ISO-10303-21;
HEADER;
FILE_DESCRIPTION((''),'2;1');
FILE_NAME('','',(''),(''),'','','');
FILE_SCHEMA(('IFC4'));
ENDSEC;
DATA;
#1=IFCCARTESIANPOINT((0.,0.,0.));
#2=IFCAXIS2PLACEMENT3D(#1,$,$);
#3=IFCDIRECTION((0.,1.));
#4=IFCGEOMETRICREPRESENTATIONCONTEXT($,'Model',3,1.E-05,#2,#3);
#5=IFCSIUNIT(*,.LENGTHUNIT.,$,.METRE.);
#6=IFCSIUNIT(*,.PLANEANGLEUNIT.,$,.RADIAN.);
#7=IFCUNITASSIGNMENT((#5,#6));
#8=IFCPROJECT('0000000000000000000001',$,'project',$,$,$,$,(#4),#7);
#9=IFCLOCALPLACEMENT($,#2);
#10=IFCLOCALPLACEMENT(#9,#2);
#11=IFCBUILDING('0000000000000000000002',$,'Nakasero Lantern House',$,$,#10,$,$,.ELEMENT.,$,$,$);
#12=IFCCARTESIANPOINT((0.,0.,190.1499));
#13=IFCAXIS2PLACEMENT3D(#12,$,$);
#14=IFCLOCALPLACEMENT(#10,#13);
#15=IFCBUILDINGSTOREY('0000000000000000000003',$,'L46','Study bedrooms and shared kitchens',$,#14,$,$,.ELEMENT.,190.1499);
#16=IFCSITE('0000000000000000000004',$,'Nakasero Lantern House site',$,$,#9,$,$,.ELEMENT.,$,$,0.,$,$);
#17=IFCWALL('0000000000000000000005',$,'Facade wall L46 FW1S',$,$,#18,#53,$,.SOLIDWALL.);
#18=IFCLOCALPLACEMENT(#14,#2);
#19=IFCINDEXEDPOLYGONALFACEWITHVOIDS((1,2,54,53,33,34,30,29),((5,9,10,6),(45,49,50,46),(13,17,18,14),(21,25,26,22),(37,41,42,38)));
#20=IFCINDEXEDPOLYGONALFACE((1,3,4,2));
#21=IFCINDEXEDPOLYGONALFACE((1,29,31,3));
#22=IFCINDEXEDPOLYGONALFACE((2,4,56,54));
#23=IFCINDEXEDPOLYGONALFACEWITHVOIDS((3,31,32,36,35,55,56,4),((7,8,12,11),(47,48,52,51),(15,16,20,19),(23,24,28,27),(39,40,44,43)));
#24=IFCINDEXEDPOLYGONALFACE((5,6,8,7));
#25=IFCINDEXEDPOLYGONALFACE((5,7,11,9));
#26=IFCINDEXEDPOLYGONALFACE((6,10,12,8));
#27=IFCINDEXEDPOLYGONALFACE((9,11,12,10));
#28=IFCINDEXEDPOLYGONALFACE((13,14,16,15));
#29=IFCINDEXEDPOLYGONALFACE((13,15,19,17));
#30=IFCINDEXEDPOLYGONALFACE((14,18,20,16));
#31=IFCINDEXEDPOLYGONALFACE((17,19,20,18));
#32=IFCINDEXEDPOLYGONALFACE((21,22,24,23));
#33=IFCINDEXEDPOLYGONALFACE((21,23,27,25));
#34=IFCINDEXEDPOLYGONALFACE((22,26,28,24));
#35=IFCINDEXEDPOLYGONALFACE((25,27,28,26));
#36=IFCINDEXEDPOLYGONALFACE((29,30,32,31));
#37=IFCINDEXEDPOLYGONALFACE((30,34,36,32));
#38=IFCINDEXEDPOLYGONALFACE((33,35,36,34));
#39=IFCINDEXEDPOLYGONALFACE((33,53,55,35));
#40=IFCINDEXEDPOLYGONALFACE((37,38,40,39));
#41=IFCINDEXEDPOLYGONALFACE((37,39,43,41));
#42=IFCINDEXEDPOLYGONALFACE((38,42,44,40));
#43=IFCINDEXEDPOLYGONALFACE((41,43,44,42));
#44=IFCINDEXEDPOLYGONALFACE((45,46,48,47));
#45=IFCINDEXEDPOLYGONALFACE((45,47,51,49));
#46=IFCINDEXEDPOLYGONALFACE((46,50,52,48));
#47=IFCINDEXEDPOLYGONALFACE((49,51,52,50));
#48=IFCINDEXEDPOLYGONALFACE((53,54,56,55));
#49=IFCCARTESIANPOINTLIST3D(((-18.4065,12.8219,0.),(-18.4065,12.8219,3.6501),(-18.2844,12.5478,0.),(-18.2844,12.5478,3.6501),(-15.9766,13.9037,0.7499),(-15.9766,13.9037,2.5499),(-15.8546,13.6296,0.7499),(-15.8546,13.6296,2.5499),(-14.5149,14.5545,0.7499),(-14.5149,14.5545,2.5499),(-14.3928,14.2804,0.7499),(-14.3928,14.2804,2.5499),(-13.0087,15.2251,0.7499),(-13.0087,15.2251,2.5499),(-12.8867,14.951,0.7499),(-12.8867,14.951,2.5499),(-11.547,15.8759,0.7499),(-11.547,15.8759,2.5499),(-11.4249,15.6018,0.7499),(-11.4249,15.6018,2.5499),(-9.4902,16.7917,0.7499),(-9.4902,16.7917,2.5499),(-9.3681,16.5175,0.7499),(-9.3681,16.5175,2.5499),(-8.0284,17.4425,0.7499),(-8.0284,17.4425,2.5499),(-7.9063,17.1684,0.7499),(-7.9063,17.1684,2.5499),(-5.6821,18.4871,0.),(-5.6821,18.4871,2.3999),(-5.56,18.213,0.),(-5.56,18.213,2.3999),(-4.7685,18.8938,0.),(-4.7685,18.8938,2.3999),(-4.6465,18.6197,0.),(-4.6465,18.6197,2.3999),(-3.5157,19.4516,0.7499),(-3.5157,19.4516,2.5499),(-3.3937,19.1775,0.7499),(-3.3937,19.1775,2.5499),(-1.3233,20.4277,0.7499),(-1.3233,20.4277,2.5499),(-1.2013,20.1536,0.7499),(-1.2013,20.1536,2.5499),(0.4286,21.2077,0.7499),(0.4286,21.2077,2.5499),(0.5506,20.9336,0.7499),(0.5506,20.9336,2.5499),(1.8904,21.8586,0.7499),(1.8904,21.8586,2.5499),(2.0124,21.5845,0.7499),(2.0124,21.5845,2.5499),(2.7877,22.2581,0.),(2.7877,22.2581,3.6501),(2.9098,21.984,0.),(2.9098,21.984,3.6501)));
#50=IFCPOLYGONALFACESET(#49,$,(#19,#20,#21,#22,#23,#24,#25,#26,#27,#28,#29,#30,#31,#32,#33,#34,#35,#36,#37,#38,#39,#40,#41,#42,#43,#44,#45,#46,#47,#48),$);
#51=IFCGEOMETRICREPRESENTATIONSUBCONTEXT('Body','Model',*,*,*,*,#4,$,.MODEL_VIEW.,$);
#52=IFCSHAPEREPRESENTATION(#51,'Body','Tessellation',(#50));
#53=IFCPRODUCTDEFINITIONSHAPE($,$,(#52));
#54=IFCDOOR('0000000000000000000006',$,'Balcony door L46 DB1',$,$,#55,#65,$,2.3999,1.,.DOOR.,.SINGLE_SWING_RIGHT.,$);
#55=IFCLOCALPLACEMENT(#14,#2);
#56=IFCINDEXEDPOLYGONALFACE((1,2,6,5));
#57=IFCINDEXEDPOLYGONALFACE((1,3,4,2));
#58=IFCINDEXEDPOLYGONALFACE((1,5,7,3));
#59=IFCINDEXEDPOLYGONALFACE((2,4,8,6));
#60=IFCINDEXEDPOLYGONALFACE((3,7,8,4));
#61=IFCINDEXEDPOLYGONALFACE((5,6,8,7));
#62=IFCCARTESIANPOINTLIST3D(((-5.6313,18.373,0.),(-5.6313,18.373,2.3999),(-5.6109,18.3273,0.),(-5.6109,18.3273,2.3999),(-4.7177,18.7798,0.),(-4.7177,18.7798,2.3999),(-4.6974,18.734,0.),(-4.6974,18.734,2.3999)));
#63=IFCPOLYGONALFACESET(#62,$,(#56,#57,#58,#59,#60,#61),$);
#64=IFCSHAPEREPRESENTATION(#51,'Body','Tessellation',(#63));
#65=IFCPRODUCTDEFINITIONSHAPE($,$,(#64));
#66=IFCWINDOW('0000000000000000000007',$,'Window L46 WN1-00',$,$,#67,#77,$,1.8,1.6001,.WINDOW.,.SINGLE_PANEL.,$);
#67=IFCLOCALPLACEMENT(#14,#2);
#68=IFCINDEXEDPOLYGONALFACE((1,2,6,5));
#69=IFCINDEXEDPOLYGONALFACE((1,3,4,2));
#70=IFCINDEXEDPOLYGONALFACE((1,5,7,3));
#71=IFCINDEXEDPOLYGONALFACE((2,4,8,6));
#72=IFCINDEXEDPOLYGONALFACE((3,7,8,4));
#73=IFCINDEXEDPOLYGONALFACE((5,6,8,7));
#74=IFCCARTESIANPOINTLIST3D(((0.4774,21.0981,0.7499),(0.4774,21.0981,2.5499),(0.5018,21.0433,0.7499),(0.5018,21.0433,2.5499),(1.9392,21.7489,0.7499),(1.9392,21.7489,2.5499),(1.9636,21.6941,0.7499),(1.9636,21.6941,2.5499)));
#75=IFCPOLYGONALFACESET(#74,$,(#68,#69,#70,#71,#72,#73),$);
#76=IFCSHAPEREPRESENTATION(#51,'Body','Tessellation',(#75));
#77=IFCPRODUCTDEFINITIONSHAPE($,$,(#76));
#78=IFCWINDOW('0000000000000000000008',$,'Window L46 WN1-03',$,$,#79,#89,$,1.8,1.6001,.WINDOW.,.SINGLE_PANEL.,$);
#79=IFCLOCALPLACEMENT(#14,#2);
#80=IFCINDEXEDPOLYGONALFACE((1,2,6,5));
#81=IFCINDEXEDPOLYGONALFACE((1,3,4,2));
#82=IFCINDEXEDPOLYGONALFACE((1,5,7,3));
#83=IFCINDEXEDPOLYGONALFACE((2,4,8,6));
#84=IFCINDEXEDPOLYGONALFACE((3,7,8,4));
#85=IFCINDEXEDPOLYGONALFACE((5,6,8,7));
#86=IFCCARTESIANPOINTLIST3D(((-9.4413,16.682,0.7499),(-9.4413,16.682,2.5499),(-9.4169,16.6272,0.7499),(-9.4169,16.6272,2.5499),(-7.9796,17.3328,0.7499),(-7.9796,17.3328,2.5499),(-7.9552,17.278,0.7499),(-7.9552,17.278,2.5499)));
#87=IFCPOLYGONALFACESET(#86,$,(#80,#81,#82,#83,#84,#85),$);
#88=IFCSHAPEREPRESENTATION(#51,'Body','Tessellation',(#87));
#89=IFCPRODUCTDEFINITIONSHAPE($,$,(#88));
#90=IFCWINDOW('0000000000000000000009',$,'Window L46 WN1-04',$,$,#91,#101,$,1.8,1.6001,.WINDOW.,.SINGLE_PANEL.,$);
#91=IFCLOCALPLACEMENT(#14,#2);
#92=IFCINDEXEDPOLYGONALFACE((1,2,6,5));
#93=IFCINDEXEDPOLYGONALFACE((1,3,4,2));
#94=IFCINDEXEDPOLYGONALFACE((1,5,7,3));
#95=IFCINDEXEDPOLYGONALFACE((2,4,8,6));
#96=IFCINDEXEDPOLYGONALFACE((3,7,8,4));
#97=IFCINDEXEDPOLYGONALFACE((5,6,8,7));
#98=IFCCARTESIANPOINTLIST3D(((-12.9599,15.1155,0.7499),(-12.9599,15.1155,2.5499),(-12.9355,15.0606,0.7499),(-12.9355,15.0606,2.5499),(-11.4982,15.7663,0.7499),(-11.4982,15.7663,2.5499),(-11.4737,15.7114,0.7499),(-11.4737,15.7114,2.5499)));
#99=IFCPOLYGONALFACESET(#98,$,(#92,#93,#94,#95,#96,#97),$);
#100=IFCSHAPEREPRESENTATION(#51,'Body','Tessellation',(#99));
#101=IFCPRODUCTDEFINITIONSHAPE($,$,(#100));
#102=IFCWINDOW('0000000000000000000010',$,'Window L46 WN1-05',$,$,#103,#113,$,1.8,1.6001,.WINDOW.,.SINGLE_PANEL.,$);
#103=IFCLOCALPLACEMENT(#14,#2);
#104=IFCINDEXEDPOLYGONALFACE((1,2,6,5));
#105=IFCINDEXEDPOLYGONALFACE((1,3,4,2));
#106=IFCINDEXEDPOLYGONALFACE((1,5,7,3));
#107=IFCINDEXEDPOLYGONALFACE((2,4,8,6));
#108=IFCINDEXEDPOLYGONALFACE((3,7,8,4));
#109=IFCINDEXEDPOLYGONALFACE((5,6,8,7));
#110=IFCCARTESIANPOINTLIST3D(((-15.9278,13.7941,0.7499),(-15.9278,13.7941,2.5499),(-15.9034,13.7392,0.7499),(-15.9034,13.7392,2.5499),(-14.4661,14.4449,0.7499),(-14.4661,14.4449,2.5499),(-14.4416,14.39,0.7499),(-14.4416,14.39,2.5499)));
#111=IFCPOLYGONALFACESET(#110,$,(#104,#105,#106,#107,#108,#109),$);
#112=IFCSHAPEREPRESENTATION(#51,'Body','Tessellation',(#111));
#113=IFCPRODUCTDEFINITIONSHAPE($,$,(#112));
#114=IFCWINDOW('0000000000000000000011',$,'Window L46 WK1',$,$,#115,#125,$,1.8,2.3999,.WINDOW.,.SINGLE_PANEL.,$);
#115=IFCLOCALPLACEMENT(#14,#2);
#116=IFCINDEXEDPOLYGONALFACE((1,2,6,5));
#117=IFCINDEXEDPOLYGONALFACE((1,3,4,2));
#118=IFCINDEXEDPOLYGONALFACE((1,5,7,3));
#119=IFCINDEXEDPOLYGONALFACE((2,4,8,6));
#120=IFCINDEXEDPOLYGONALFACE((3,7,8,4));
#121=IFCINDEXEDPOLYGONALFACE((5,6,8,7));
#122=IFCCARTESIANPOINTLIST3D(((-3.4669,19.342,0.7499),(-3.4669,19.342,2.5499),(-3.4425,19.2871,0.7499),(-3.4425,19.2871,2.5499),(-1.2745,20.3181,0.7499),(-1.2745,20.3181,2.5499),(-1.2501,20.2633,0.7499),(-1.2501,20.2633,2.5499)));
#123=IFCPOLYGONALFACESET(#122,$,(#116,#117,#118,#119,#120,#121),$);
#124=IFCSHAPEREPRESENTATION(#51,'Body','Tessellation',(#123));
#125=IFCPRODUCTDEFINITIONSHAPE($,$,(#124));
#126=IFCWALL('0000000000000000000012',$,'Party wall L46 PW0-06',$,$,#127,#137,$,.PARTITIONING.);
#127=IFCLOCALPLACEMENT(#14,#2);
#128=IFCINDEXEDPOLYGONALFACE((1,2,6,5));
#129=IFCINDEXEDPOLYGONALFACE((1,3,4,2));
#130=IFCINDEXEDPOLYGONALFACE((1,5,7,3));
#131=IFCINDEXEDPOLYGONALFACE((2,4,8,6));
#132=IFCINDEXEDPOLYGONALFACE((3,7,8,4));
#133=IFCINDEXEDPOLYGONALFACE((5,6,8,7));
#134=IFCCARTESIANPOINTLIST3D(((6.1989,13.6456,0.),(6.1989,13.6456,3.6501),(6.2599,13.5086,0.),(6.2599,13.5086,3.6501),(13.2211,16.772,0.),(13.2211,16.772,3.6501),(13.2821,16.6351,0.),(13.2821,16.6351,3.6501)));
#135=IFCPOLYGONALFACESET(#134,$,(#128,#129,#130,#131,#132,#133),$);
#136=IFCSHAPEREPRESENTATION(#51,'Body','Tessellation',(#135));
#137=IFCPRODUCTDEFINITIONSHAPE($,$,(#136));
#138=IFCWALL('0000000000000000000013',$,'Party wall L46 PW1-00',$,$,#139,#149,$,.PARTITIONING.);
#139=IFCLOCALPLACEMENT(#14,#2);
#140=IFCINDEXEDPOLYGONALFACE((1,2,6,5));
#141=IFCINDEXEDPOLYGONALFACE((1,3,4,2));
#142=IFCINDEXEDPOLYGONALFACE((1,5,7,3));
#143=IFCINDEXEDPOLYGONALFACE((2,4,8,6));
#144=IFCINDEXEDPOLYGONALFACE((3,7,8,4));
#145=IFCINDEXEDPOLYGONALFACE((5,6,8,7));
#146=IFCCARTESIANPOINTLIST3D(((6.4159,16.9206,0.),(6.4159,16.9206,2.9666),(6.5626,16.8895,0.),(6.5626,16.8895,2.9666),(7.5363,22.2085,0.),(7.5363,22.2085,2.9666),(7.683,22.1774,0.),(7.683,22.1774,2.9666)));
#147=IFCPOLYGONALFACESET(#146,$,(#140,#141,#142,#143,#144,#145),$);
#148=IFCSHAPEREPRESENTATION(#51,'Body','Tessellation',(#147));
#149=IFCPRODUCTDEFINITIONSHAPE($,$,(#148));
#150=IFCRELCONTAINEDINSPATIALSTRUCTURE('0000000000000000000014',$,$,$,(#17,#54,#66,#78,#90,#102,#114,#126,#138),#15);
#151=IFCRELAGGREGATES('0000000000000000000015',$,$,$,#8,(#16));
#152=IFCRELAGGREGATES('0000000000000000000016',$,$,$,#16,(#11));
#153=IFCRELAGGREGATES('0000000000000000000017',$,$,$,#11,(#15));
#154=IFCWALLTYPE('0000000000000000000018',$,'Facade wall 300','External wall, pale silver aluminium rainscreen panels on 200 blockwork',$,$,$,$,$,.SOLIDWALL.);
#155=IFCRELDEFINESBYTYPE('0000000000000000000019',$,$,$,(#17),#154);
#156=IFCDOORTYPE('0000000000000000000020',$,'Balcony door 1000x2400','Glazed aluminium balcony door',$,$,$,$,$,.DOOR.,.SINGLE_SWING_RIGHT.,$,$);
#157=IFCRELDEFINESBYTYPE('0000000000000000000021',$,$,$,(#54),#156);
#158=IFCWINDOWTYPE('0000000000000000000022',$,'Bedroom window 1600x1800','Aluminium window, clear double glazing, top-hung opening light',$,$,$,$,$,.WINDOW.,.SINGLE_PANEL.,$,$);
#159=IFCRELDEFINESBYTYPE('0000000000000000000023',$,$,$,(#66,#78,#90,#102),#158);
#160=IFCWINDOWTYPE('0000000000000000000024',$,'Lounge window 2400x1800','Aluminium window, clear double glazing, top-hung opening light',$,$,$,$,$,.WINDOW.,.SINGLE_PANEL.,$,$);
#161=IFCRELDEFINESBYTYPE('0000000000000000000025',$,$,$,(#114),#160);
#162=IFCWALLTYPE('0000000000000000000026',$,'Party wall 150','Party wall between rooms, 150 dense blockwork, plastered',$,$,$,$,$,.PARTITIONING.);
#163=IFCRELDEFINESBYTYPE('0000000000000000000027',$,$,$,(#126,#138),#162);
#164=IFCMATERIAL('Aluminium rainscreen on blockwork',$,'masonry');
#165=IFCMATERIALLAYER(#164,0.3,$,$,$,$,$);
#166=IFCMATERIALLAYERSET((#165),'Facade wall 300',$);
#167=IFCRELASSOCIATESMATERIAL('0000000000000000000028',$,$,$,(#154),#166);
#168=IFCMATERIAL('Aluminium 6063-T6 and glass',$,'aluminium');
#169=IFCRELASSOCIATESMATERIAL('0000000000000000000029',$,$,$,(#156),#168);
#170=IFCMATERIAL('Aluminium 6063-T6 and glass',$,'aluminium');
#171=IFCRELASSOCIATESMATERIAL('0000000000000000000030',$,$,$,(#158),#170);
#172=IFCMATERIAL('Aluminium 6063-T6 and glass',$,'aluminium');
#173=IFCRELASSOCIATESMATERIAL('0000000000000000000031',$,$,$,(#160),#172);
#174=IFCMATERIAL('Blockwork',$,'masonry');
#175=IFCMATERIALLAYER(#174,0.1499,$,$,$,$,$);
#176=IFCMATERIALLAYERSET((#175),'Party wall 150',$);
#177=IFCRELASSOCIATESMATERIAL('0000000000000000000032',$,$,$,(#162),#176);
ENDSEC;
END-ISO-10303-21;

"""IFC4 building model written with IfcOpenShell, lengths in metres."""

from ifc_helpers import new_model, si_unit, direction, frame, frame_2d, origin, place, context, subcontext, project, spatial, rectangle, extrude, material, layer, layer_set, type_object, element, fill, save


model = new_model("IFC4")

# Units and contexts
model_context = context("Model", 3, precision=1e-05, world=origin(), true_north=direction((0.0, 1.0)))
body_context = subcontext(model_context, "Body", "Model", "MODEL_VIEW")
ifc_project = project(units=[si_unit("LENGTHUNIT", "METRE"), si_unit("PLANEANGLEUNIT", "RADIAN")], contexts=[model_context])

# Site, building, storey
site_placement = place(None, origin())
site = spatial("IfcSite", under=ifc_project, at=site_placement, Name="Nakasero Lantern House site", CompositionType="ELEMENT", RefElevation=0.0)
building_placement = place(site_placement, origin())
building = spatial("IfcBuilding", under=site, at=building_placement, Name="Nakasero Lantern House", CompositionType="ELEMENT")
storey_placement = place(building_placement, frame((0.0, 0.0, 190.1499)))
storey = spatial("IfcBuildingStorey", under=building, at=storey_placement, Name="L46", Description="Study bedrooms and shared kitchens", CompositionType="ELEMENT", Elevation=190.1499)

# Shared definitions
ifc_material_1 = material(Name="Aluminium rainscreen on blockwork", Category="masonry")
ifc_layer_1 = layer(ifc_material_1, 0.3)
ifc_layer_set_1 = layer_set([ifc_layer_1], Name="Facade wall 300")
wall_type_1 = type_object("IfcWallType", Name="Facade wall 300", Description="External wall, pale silver aluminium rainscreen panels on 200 blockwork", PredefinedType="SOLIDWALL", material=ifc_layer_set_1)

# Wall, openings, door, windows
wall_1_placement = place(storey_placement, frame((2.8489, 22.1211, 0.0), z_axis=(0.0, 0.0, 1.0), x_axis=(-0.913546, -0.406735, 0.0)))
wall_1 = element("IfcWall", 1, at=wall_1_placement, inside=storey, type_object=wall_type_1, Name="Facade wall L46 FW1S", PredefinedType="SOLIDWALL", context=body_context, shape_type="SweptSolid", body=[
    extrude(rectangle(XDim=23.2, YDim=0.3, at=frame_2d((11.6001, 0.0))), origin(), (0.0, 0.0, 1.0), 3.6501),
])
opening_1_placement = place(wall_1_placement, frame((0.9824, 0.0, 0.75)))
opening_1 = element("IfcOpeningElement", 2, at=opening_1_placement, cuts=wall_1, PredefinedType="OPENING", context=body_context, shape_type="SweptSolid", body=[
    extrude(rectangle(XDim=1.6001, YDim=1.8, at=frame_2d((0.8, 0.8999))), frame((0.0, 0.1699, 0.0), z_axis=(0.0, -1.0, 0.0), x_axis=(1.0, 0.0, 0.0)), (0.0, 0.0, 1.0), 0.3401),
])
opening_2_placement = place(wall_1_placement, frame((11.8398, 0.0, 0.75)))
opening_2 = element("IfcOpeningElement", 3, at=opening_2_placement, cuts=wall_1, PredefinedType="OPENING", context=body_context, shape_type="SweptSolid", body=[
    extrude(rectangle(XDim=1.6001, YDim=1.8, at=frame_2d((0.8, 0.8999))), frame((0.0, 0.1699, 0.0), z_axis=(0.0, -1.0, 0.0), x_axis=(1.0, 0.0, 0.0)), (0.0, 0.0, 1.0), 0.3401),
])
opening_3_placement = place(wall_1_placement, frame((15.6914, 0.0, 0.75)))
opening_3 = element("IfcOpeningElement", 4, at=opening_3_placement, cuts=wall_1, PredefinedType="OPENING", context=body_context, shape_type="SweptSolid", body=[
    extrude(rectangle(XDim=1.6001, YDim=1.8, at=frame_2d((0.8, 0.8999))), frame((0.0, 0.1699, 0.0), z_axis=(0.0, -1.0, 0.0), x_axis=(1.0, 0.0, 0.0)), (0.0, 0.0, 1.0), 0.3401),
])
opening_4_placement = place(wall_1_placement, frame((18.9402, 0.0, 0.75)))
opening_4 = element("IfcOpeningElement", 5, at=opening_4_placement, cuts=wall_1, PredefinedType="OPENING", context=body_context, shape_type="SweptSolid", body=[
    extrude(rectangle(XDim=1.6001, YDim=1.8, at=frame_2d((0.8, 0.8999))), frame((0.0, 0.1699, 0.0), z_axis=(0.0, -1.0, 0.0), x_axis=(1.0, 0.0, 0.0)), (0.0, 0.0, 1.0), 0.3401),
])
opening_5_placement = place(wall_1_placement, frame((4.5002, 0.0, 0.75)))
opening_5 = element("IfcOpeningElement", 6, at=opening_5_placement, cuts=wall_1, PredefinedType="OPENING", context=body_context, shape_type="SweptSolid", body=[
    extrude(rectangle(XDim=2.3999, YDim=1.8, at=frame_2d((1.2, 0.8999))), frame((0.0, 0.1699, 0.0), z_axis=(0.0, -1.0, 0.0), x_axis=(1.0, 0.0, 0.0)), (0.0, 0.0, 1.0), 0.3401),
])
opening_6_placement = place(wall_1_placement, frame((8.2715, 0.0, 0.0)))
opening_6 = element("IfcOpeningElement", 7, at=opening_6_placement, cuts=wall_1, PredefinedType="OPENING", context=body_context, shape_type="SweptSolid", body=[
    extrude(rectangle(XDim=1.0, YDim=2.3999, at=frame_2d((0.5, 1.2))), frame((0.0, 0.1699, 0.0), z_axis=(0.0, -1.0, 0.0), x_axis=(1.0, 0.0, 0.0)), (0.0, 0.0, 1.0), 0.3401),
])
ifc_material_2 = material(Name="Aluminium 6063-T6 and glass", Category="aluminium")
door_type_1 = type_object("IfcDoorType", Name="Balcony door 1000x2400", Description="Glazed aluminium balcony door", OperationType="SINGLE_SWING_RIGHT", PredefinedType="DOOR", material=ifc_material_2)
door_1_placement = place(opening_6_placement, origin())
door_1 = element("IfcDoor", 8, at=door_1_placement, inside=storey, type_object=door_type_1, Name="Balcony door L46 DB1", OperationType="SINGLE_SWING_RIGHT", OverallHeight=2.3999, OverallWidth=1.0, PredefinedType="DOOR", context=body_context, shape_type="SweptSolid", body=[
    extrude(rectangle(XDim=1.0, YDim=2.3999, at=frame_2d((0.5, 1.2))), frame((0.0, 0.0249, 0.0), z_axis=(0.0, -1.0, 0.0), x_axis=(1.0, 0.0, 0.0)), (0.0, 0.0, 1.0), 0.05),
])
fill(opening_6, door_1)
ifc_material_3 = material(Name="Aluminium 6063-T6 and glass", Category="aluminium")
window_type_1 = type_object("IfcWindowType", Name="Bedroom window 1600x1800", Description="Aluminium window, clear double glazing, top-hung opening light", PartitioningType="SINGLE_PANEL", PredefinedType="WINDOW", material=ifc_material_3)
window_1_placement = place(opening_1_placement, origin())
window_1 = element("IfcWindow", 9, at=window_1_placement, inside=storey, type_object=window_type_1, Name="Window L46 WN1-00", OverallHeight=1.8, OverallWidth=1.6001, PartitioningType="SINGLE_PANEL", PredefinedType="WINDOW", context=body_context, shape_type="SweptSolid", body=[
    extrude(rectangle(XDim=1.6001, YDim=1.8, at=frame_2d((0.8, 0.8999))), frame((0.0, 0.03, 0.0), z_axis=(0.0, -1.0, 0.0), x_axis=(1.0, 0.0, 0.0)), (0.0, 0.0, 1.0), 0.0601),
])
fill(opening_1, window_1)
window_2_placement = place(opening_2_placement, origin())
window_2 = element("IfcWindow", 10, at=window_2_placement, inside=storey, type_object=window_type_1, Name="Window L46 WN1-03", OverallHeight=1.8, OverallWidth=1.6001, PartitioningType="SINGLE_PANEL", PredefinedType="WINDOW", context=body_context, shape_type="SweptSolid", body=[
    extrude(rectangle(XDim=1.6001, YDim=1.8, at=frame_2d((0.8, 0.8999))), frame((0.0, 0.03, 0.0), z_axis=(0.0, -1.0, 0.0), x_axis=(1.0, 0.0, 0.0)), (0.0, 0.0, 1.0), 0.0601),
])
fill(opening_2, window_2)
window_3_placement = place(opening_3_placement, origin())
window_3 = element("IfcWindow", 11, at=window_3_placement, inside=storey, type_object=window_type_1, Name="Window L46 WN1-04", OverallHeight=1.8, OverallWidth=1.6001, PartitioningType="SINGLE_PANEL", PredefinedType="WINDOW", context=body_context, shape_type="SweptSolid", body=[
    extrude(rectangle(XDim=1.6001, YDim=1.8, at=frame_2d((0.8, 0.8999))), frame((0.0, 0.03, 0.0), z_axis=(0.0, -1.0, 0.0), x_axis=(1.0, 0.0, 0.0)), (0.0, 0.0, 1.0), 0.0601),
])
fill(opening_3, window_3)
window_4_placement = place(opening_4_placement, origin())
window_4 = element("IfcWindow", 12, at=window_4_placement, inside=storey, type_object=window_type_1, Name="Window L46 WN1-05", OverallHeight=1.8, OverallWidth=1.6001, PartitioningType="SINGLE_PANEL", PredefinedType="WINDOW", context=body_context, shape_type="SweptSolid", body=[
    extrude(rectangle(XDim=1.6001, YDim=1.8, at=frame_2d((0.8, 0.8999))), frame((0.0, 0.03, 0.0), z_axis=(0.0, -1.0, 0.0), x_axis=(1.0, 0.0, 0.0)), (0.0, 0.0, 1.0), 0.0601),
])
fill(opening_4, window_4)
ifc_material_4 = material(Name="Aluminium 6063-T6 and glass", Category="aluminium")
window_type_2 = type_object("IfcWindowType", Name="Lounge window 2400x1800", Description="Aluminium window, clear double glazing, top-hung opening light", PartitioningType="SINGLE_PANEL", PredefinedType="WINDOW", material=ifc_material_4)
window_5_placement = place(opening_5_placement, origin())
window_5 = element("IfcWindow", 13, at=window_5_placement, inside=storey, type_object=window_type_2, Name="Window L46 WK1", OverallHeight=1.8, OverallWidth=2.3999, PartitioningType="SINGLE_PANEL", PredefinedType="WINDOW", context=body_context, shape_type="SweptSolid", body=[
    extrude(rectangle(XDim=2.3999, YDim=1.8, at=frame_2d((1.2, 0.8999))), frame((0.0, 0.03, 0.0), z_axis=(0.0, -1.0, 0.0), x_axis=(1.0, 0.0, 0.0)), (0.0, 0.0, 1.0), 0.0601),
])
fill(opening_5, window_5)

# Walls
ifc_material_5 = material(Name="Blockwork", Category="masonry")
ifc_layer_2 = layer(ifc_material_5, 0.1499)
ifc_layer_set_2 = layer_set([ifc_layer_2], Name="Party wall 150")
wall_type_2 = type_object("IfcWallType", Name="Party wall 150", Description="Party wall between rooms, 150 dense blockwork, plastered", PredefinedType="PARTITIONING", material=ifc_layer_set_2)
wall_2_placement = place(storey_placement, frame((6.2295, 13.5771, 0.0), z_axis=(0.0, 0.0, 1.0), x_axis=(0.913547, 0.406734, 0.0)))
element("IfcWall", 14, at=wall_2_placement, inside=storey, type_object=wall_type_2, Name="Party wall L46 PW0-06", PredefinedType="PARTITIONING", context=body_context, shape_type="SweptSolid", body=[
    extrude(rectangle(XDim=7.6868, YDim=0.1499, at=frame_2d((3.8433, 0.0))), origin(), (0.0, 0.0, 1.0), 3.6501),
])
wall_3_placement = place(storey_placement, frame((6.4893, 16.905, 0.0), z_axis=(0.0, 0.0, 1.0), x_axis=(0.207274, 0.978283, 0.0)))
element("IfcWall", 15, at=wall_3_placement, inside=storey, type_object=wall_type_2, Name="Party wall L46 PW1-00", PredefinedType="PARTITIONING", context=body_context, shape_type="SweptSolid", body=[
    extrude(rectangle(XDim=5.4053, YDim=0.1499, at=frame_2d((2.7026, 0.0))), origin(), (0.0, 0.0, 1.0), 2.9666),
])

save(model, "model.ifc")
